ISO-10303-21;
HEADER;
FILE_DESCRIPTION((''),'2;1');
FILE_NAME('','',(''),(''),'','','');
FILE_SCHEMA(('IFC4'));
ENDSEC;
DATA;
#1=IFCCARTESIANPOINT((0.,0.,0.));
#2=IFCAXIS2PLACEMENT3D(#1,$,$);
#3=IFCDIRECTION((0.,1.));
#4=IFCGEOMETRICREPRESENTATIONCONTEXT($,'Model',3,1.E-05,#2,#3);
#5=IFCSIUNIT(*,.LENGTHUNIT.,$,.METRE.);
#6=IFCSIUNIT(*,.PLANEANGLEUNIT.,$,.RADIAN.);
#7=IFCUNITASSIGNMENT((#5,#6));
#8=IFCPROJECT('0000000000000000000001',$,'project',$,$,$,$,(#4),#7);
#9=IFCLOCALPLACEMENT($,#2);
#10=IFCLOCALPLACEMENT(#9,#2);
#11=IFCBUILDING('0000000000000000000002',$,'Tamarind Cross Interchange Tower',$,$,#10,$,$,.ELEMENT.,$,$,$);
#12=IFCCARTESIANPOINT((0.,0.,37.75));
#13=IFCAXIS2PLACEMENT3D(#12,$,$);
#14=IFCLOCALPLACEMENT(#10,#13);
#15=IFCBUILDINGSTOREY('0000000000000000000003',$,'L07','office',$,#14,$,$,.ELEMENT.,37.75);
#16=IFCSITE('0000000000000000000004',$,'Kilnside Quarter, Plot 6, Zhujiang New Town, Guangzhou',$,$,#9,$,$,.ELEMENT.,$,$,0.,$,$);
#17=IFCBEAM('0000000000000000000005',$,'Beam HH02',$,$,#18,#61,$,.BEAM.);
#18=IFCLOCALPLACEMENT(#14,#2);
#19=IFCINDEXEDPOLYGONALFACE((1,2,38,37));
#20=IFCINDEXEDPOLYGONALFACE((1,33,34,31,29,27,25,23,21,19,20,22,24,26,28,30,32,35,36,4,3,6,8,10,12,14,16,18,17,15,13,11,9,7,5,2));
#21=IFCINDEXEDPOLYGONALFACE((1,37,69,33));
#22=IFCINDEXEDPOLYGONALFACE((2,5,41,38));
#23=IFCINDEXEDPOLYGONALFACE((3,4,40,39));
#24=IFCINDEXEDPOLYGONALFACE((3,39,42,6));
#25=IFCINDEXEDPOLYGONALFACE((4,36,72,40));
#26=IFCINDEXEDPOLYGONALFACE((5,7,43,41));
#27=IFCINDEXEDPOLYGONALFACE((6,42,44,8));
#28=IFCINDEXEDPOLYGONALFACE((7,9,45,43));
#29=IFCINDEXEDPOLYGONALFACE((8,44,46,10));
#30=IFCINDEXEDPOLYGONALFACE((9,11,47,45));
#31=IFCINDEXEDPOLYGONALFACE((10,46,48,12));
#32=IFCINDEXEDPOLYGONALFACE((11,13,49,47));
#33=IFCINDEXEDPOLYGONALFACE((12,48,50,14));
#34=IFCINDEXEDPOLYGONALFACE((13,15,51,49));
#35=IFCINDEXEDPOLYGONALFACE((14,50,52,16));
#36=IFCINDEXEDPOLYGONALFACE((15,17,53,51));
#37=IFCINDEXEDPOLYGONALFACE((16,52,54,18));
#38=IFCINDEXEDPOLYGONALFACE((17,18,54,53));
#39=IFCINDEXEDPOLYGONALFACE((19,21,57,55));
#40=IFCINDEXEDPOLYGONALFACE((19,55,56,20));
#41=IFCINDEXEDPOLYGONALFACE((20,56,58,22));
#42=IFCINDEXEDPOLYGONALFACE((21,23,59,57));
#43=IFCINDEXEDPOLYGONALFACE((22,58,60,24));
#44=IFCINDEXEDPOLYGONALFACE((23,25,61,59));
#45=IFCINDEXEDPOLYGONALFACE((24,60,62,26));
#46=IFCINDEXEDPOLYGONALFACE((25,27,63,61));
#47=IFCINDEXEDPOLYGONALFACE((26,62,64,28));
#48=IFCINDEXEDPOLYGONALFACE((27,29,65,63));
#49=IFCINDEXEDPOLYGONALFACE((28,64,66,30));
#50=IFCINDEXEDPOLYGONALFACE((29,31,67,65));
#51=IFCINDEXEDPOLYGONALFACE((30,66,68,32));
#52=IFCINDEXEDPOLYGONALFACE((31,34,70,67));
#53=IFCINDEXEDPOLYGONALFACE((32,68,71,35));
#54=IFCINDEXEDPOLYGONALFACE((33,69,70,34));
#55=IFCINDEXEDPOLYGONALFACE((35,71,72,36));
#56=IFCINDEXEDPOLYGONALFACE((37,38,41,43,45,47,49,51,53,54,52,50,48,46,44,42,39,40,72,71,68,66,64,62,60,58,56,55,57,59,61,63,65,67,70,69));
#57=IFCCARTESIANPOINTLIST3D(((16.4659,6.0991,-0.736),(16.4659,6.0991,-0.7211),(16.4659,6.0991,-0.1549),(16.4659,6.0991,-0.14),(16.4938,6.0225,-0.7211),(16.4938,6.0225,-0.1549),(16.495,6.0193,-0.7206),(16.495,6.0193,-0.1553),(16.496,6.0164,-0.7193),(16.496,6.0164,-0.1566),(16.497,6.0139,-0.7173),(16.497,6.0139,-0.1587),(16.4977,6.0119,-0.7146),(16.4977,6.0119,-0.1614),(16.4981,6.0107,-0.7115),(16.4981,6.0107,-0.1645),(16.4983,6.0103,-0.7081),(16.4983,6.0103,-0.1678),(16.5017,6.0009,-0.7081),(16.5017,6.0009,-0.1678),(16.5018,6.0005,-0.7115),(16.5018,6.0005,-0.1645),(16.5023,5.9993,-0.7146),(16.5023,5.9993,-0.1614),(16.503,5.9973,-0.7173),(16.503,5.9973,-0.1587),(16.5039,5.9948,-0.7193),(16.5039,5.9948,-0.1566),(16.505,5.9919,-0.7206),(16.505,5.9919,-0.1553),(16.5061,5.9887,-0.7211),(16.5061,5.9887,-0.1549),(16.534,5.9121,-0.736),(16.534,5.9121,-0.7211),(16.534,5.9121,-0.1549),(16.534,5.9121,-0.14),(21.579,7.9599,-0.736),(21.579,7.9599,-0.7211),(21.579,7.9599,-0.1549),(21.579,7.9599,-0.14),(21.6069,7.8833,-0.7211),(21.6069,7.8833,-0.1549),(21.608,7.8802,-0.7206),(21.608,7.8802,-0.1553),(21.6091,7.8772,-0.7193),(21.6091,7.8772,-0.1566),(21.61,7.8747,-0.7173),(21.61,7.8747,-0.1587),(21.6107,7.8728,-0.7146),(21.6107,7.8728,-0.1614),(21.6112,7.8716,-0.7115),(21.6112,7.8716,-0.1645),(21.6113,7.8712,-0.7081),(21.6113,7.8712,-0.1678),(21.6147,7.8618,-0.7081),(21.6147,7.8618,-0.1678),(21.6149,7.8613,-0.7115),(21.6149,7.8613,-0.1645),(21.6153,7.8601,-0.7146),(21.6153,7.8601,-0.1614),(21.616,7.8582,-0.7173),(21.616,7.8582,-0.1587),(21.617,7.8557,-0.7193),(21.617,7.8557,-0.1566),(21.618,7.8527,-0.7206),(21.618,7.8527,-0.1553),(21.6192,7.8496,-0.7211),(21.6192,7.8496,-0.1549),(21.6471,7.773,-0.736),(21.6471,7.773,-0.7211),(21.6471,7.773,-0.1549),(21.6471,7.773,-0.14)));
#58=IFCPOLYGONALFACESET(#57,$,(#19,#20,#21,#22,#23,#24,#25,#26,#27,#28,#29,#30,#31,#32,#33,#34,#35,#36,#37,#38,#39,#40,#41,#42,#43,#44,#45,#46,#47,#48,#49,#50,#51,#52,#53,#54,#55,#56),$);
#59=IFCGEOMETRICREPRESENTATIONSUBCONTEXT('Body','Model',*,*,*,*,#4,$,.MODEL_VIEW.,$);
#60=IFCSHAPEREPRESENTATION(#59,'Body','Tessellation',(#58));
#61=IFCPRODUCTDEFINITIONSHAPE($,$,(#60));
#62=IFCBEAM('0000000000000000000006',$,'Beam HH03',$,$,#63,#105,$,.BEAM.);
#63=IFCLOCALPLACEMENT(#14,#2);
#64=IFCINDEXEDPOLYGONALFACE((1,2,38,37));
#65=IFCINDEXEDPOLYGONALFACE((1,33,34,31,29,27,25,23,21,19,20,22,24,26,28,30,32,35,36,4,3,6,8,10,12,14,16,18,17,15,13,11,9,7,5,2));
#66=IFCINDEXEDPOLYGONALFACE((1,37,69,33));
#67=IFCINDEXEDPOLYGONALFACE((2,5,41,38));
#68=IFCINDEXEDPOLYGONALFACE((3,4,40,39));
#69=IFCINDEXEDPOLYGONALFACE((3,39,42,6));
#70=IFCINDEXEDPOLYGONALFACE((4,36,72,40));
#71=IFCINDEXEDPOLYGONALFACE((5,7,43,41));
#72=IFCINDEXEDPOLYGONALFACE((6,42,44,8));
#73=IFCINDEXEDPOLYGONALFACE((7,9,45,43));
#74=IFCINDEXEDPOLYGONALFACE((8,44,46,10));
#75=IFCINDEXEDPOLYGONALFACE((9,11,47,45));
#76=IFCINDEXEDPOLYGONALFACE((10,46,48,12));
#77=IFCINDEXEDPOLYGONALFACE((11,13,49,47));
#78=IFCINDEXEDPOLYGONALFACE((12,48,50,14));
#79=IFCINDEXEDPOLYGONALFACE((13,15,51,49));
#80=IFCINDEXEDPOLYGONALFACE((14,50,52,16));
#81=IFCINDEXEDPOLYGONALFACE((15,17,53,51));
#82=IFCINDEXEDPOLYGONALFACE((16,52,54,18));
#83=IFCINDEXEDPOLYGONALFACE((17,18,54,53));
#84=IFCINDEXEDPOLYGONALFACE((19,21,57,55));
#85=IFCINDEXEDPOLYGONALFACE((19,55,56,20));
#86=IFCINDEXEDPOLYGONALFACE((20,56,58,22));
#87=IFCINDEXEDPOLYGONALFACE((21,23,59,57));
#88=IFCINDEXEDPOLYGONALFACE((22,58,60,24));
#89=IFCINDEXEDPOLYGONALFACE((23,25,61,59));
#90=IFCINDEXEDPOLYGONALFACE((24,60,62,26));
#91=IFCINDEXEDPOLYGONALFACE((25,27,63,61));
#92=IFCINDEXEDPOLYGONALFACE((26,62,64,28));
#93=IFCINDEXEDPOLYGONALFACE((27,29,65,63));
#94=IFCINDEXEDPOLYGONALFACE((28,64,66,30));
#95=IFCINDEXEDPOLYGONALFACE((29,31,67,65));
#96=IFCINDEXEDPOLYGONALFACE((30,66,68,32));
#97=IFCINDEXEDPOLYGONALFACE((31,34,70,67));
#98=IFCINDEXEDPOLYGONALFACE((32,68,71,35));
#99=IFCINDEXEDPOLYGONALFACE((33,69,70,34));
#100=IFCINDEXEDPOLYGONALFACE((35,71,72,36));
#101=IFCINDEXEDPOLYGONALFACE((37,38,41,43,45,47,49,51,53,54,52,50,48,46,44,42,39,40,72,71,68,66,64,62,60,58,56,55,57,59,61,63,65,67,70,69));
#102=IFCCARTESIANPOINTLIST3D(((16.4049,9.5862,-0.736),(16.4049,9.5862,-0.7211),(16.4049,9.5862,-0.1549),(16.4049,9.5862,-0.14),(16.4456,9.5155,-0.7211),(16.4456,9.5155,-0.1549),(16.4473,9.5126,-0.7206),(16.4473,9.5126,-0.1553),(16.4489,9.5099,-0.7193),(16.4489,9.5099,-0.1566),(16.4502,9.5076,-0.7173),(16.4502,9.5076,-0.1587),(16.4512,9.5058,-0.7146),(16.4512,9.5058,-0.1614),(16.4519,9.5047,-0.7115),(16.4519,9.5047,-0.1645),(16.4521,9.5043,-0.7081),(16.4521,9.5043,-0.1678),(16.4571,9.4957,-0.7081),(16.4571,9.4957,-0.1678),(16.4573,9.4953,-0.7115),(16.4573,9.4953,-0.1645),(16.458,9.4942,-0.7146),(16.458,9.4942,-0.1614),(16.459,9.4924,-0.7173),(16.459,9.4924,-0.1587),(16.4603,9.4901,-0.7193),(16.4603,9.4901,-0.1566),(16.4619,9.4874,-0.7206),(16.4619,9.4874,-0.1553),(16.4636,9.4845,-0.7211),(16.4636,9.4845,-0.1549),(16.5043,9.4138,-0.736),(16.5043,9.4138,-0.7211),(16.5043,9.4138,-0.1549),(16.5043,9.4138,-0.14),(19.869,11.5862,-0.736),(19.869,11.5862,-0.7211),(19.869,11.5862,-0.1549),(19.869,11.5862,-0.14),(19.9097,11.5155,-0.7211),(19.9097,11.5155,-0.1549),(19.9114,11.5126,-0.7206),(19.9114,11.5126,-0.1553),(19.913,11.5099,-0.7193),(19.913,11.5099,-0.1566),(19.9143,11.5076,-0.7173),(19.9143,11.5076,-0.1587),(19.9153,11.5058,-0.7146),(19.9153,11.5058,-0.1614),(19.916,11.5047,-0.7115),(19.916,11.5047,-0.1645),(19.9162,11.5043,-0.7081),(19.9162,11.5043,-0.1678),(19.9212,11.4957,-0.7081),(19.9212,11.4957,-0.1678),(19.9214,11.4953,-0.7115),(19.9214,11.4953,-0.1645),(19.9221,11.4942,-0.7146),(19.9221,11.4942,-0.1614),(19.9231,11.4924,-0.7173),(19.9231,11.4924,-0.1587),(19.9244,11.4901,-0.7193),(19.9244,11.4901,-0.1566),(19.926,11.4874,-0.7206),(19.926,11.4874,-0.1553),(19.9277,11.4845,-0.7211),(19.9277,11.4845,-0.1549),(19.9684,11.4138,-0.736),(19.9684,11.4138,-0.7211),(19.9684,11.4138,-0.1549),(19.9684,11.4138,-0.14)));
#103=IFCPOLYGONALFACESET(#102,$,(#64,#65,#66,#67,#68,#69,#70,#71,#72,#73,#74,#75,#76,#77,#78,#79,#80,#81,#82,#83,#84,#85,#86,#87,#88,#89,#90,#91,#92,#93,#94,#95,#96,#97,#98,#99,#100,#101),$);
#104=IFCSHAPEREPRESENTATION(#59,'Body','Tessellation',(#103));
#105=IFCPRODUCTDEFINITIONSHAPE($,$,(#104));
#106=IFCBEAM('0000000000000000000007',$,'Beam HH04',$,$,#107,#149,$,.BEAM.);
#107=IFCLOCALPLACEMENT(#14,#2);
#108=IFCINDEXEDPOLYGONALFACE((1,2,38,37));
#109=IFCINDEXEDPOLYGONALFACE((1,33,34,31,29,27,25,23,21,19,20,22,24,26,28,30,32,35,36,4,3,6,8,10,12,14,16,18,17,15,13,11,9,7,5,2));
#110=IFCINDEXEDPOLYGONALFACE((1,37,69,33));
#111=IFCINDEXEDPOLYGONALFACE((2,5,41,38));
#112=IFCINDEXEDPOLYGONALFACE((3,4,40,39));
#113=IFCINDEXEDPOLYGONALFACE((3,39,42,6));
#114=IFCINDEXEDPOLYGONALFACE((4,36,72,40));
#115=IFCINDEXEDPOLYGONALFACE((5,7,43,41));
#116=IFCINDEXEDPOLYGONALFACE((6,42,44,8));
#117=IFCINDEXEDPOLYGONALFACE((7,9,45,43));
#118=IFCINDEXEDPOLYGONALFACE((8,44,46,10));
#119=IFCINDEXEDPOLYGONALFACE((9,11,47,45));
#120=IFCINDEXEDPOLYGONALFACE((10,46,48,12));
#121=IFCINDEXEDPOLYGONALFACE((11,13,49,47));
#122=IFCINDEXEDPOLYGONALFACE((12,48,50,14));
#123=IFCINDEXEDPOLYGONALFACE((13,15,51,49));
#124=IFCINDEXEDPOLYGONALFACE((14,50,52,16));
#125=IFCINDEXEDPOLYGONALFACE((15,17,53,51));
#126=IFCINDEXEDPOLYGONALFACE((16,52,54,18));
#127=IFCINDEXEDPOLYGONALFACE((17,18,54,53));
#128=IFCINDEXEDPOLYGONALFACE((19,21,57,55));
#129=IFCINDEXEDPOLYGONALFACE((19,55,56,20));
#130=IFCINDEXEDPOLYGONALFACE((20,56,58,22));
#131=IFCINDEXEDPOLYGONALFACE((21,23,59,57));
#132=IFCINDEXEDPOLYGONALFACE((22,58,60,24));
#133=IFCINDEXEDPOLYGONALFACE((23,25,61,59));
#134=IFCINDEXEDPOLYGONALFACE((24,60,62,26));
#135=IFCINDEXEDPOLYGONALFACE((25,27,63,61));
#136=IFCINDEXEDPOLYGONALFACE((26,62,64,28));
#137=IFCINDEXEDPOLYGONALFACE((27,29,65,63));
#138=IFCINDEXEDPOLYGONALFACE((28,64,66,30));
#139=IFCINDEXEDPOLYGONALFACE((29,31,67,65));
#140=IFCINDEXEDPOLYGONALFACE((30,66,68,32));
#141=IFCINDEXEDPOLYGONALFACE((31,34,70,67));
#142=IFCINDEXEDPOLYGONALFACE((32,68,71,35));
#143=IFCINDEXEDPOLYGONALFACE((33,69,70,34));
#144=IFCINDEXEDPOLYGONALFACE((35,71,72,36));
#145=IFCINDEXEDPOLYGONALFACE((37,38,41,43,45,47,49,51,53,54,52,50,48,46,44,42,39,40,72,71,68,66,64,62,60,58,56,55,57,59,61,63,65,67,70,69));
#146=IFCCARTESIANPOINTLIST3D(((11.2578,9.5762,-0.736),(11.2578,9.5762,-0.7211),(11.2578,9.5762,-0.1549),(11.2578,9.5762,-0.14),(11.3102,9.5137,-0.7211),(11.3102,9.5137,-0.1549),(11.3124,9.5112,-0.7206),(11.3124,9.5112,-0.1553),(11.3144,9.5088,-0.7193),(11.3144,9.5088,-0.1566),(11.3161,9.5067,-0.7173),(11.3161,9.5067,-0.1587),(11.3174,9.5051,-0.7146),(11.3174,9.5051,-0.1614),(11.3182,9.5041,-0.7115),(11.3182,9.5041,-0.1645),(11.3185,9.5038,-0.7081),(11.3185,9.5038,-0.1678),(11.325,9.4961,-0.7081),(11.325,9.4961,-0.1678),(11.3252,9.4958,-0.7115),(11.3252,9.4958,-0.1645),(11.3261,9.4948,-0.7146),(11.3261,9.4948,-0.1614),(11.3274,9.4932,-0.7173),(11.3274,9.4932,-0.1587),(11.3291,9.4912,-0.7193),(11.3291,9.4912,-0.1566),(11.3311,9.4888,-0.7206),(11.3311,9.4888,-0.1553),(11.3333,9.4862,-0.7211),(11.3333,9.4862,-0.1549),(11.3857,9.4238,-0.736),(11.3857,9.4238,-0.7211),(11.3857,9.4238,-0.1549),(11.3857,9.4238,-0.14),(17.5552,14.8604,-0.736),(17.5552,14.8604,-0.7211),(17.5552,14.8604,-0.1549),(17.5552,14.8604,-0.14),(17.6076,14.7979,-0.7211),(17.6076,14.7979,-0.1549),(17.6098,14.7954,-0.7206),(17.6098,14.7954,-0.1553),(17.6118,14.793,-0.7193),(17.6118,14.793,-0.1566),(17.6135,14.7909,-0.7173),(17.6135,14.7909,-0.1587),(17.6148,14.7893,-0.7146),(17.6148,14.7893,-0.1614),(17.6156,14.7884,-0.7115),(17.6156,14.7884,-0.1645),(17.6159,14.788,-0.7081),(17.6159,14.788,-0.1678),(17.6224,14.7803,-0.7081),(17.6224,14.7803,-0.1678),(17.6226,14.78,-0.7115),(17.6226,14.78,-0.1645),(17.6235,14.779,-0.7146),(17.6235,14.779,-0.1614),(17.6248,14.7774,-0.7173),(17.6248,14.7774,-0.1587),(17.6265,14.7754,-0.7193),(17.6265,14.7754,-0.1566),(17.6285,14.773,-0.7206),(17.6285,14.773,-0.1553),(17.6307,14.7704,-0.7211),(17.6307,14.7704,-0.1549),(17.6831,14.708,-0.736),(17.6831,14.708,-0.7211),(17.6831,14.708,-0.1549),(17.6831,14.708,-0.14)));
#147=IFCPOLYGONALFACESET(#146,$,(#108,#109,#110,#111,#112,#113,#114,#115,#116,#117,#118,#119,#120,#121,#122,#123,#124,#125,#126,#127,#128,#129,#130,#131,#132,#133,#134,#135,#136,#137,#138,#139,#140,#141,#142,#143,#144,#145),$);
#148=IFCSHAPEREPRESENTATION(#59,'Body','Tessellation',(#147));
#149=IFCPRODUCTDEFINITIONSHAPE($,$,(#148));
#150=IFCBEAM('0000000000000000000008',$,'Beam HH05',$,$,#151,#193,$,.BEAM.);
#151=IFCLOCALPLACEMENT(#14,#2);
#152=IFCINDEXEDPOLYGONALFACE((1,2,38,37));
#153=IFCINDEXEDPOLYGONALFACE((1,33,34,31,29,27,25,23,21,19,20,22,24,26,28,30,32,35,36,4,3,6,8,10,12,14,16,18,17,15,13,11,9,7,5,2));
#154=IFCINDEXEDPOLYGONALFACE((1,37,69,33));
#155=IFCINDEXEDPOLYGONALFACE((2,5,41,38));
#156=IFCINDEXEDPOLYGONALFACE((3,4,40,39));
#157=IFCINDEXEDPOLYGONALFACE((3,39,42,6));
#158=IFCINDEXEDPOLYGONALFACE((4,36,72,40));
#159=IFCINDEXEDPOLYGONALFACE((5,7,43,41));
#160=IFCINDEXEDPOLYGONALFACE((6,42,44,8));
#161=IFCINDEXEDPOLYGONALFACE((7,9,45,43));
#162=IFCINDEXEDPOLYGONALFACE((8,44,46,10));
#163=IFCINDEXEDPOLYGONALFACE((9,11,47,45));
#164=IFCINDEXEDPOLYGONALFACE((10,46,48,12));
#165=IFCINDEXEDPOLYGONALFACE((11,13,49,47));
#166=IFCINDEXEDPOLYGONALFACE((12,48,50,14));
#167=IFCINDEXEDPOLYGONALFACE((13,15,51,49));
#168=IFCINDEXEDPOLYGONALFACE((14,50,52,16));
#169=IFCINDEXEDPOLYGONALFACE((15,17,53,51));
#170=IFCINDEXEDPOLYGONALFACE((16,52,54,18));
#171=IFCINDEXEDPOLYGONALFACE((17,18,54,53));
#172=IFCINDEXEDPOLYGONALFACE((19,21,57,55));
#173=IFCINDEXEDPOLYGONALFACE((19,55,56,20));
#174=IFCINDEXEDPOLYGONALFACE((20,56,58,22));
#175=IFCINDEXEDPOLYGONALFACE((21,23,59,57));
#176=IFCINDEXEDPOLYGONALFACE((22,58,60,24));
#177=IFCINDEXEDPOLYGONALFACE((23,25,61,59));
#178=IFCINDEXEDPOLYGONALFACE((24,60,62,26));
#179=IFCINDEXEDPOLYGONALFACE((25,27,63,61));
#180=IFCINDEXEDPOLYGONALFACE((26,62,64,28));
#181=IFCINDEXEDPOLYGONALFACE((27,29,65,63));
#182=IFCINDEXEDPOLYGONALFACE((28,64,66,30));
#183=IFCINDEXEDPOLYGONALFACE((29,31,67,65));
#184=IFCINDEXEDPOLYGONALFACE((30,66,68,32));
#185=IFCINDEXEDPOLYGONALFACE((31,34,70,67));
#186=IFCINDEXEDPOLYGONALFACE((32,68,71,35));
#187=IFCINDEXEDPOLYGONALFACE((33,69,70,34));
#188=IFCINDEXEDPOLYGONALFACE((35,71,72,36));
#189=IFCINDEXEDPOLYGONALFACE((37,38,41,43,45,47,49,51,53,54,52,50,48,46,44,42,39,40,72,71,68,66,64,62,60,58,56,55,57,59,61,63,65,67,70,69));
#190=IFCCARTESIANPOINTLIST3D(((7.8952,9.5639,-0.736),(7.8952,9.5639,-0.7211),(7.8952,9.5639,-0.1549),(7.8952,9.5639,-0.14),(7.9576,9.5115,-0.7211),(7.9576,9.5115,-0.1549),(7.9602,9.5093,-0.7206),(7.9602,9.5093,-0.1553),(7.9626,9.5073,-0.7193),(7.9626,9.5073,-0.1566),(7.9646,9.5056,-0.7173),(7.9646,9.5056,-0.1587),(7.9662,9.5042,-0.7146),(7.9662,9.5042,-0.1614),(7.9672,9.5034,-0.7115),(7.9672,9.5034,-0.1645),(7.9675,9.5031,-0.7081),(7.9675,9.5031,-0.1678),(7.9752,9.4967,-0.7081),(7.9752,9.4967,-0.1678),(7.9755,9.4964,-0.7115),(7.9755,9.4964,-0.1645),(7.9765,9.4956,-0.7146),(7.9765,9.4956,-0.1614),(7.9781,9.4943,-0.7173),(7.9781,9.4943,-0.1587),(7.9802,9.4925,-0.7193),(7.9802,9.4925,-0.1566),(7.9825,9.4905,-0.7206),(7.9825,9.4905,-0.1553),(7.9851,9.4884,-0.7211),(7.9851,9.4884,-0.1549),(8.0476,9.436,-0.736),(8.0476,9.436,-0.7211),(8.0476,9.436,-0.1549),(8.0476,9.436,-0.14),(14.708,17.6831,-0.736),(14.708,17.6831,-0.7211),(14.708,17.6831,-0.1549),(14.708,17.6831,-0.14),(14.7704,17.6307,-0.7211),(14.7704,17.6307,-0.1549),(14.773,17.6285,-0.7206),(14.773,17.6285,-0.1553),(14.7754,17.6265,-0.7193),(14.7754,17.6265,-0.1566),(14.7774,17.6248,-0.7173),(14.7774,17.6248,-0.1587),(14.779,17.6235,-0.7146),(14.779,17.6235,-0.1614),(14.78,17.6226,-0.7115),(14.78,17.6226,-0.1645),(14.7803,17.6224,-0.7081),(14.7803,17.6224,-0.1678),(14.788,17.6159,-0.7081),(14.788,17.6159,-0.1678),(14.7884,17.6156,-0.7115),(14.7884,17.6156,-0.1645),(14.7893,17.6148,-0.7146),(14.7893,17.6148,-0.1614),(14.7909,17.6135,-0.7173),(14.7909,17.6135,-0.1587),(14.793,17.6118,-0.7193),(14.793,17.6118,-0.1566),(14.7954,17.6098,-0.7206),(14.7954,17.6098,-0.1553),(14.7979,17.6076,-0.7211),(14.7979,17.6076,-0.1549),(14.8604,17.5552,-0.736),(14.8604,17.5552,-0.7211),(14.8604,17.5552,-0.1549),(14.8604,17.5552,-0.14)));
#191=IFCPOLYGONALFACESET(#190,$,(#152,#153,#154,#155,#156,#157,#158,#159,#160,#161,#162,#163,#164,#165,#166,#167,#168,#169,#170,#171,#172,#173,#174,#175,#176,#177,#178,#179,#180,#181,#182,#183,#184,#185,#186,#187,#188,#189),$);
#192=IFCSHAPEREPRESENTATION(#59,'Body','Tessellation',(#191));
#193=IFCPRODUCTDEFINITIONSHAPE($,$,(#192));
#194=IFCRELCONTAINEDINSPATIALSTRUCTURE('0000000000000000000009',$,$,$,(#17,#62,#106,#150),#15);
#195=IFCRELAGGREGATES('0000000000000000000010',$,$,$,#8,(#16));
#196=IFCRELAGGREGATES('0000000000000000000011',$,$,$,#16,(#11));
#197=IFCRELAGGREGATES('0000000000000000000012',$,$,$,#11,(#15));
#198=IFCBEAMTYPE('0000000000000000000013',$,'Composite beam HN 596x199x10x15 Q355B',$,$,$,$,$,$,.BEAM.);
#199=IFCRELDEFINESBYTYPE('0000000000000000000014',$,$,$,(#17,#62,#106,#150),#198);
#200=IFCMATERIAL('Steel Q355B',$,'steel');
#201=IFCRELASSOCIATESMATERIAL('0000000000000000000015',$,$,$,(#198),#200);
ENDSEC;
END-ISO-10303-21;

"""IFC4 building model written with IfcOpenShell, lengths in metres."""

from ifc_helpers import new_model, si_unit, direction, frame, origin, origin_2d, place, context, subcontext, project, spatial, i_section, extrude, material, material_profile, profile_set, type_object, element, save


model = new_model("IFC4")

# Units and contexts
model_context = context("Model", 3, precision=1e-05, world=origin(), true_north=direction((0.0, 1.0)))
body_context = subcontext(model_context, "Body", "Model", "MODEL_VIEW")
ifc_project = project(units=[si_unit("LENGTHUNIT", "METRE"), si_unit("PLANEANGLEUNIT", "RADIAN")], contexts=[model_context])

# Site, building, storey
site_placement = place(None, origin())
site = spatial("IfcSite", under=ifc_project, at=site_placement, Name="Kilnside Quarter, Plot 6, Zhujiang New Town, Guangzhou", CompositionType="ELEMENT", RefElevation=0.0)
building_placement = place(site_placement, origin())
building = spatial("IfcBuilding", under=site, at=building_placement, Name="Tamarind Cross Interchange Tower", CompositionType="ELEMENT")
storey_placement = place(building_placement, frame((0.0, 0.0, 37.75)))
storey = spatial("IfcBuildingStorey", under=building, at=storey_placement, Name="L07", Description="office", CompositionType="ELEMENT", Elevation=37.75)

# Beams
ifc_material_1 = material(Name="Steel Q355B", Category="steel")
ifc_material_profile_1 = material_profile(ifc_material_1, i_section(OverallWidth=0.199, OverallDepth=0.5959, WebThickness=0.01, FlangeThickness=0.0149, FilletRadius=0.0129, at=origin_2d()), Name="HN 596x199x10x15")
ifc_profile_set_1 = profile_set([ifc_material_profile_1], Name="Steel Q355B")
beam_type_1 = type_object("IfcBeamType", Name="Composite beam HN 596x199x10x15 Q355B", PredefinedType="BEAM", material=ifc_profile_set_1)
beam_1_placement = place(storey_placement, frame((21.613, 7.8665, -0.438), z_axis=(-0.939702, -0.341995, 0.0), x_axis=(0.341995, -0.939702, 0.0)))
element("IfcBeam", 1, at=beam_1_placement, inside=storey, type_object=beam_type_1, Name="Beam HH02", PredefinedType="BEAM", context=body_context, shape_type="SweptSolid", body=[
    extrude(i_section(OverallWidth=0.199, OverallDepth=0.5959, WebThickness=0.01, FlangeThickness=0.0149, FilletRadius=0.0129, at=origin_2d()), origin(), (0.0, 0.0, 1.0), 5.4412),
])
beam_2_placement = place(storey_placement, frame((19.9187, 11.5, -0.438), z_axis=(-0.866026, -0.499999, 0.0), x_axis=(0.499999, -0.866026, 0.0)))
element("IfcBeam", 2, at=beam_2_placement, inside=storey, type_object=beam_type_1, Name="Beam HH03", PredefinedType="BEAM", context=body_context, shape_type="SweptSolid", body=[
    extrude(i_section(OverallWidth=0.199, OverallDepth=0.5959, WebThickness=0.01, FlangeThickness=0.0149, FilletRadius=0.0129, at=origin_2d()), origin(), (0.0, 0.0, 1.0), 4.0),
])
beam_3_placement = place(storey_placement, frame((17.6191, 14.7842, -0.438), z_axis=(-0.766041, -0.642792, 0.0), x_axis=(0.642792, -0.766041, 0.0)))
element("IfcBeam", 3, at=beam_3_placement, inside=storey, type_object=beam_type_1, Name="Beam HH04", PredefinedType="BEAM", context=body_context, shape_type="SweptSolid", body=[
    extrude(i_section(OverallWidth=0.199, OverallDepth=0.5959, WebThickness=0.01, FlangeThickness=0.0149, FilletRadius=0.0129, at=origin_2d()), origin(), (0.0, 0.0, 1.0), 8.2207),
])
beam_4_placement = place(storey_placement, frame((14.7842, 17.6191, -0.438), z_axis=(-0.642786, -0.766046, 0.0), x_axis=(0.766046, -0.642786, 0.0)))
element("IfcBeam", 4, at=beam_4_placement, inside=storey, type_object=beam_type_1, Name="Beam HH05", PredefinedType="BEAM", context=body_context, shape_type="SweptSolid", body=[
    extrude(i_section(OverallWidth=0.199, OverallDepth=0.5959, WebThickness=0.01, FlangeThickness=0.0149, FilletRadius=0.0129, at=origin_2d()), origin(), (0.0, 0.0, 1.0), 10.5989),
])

save(model, "model.ifc")
